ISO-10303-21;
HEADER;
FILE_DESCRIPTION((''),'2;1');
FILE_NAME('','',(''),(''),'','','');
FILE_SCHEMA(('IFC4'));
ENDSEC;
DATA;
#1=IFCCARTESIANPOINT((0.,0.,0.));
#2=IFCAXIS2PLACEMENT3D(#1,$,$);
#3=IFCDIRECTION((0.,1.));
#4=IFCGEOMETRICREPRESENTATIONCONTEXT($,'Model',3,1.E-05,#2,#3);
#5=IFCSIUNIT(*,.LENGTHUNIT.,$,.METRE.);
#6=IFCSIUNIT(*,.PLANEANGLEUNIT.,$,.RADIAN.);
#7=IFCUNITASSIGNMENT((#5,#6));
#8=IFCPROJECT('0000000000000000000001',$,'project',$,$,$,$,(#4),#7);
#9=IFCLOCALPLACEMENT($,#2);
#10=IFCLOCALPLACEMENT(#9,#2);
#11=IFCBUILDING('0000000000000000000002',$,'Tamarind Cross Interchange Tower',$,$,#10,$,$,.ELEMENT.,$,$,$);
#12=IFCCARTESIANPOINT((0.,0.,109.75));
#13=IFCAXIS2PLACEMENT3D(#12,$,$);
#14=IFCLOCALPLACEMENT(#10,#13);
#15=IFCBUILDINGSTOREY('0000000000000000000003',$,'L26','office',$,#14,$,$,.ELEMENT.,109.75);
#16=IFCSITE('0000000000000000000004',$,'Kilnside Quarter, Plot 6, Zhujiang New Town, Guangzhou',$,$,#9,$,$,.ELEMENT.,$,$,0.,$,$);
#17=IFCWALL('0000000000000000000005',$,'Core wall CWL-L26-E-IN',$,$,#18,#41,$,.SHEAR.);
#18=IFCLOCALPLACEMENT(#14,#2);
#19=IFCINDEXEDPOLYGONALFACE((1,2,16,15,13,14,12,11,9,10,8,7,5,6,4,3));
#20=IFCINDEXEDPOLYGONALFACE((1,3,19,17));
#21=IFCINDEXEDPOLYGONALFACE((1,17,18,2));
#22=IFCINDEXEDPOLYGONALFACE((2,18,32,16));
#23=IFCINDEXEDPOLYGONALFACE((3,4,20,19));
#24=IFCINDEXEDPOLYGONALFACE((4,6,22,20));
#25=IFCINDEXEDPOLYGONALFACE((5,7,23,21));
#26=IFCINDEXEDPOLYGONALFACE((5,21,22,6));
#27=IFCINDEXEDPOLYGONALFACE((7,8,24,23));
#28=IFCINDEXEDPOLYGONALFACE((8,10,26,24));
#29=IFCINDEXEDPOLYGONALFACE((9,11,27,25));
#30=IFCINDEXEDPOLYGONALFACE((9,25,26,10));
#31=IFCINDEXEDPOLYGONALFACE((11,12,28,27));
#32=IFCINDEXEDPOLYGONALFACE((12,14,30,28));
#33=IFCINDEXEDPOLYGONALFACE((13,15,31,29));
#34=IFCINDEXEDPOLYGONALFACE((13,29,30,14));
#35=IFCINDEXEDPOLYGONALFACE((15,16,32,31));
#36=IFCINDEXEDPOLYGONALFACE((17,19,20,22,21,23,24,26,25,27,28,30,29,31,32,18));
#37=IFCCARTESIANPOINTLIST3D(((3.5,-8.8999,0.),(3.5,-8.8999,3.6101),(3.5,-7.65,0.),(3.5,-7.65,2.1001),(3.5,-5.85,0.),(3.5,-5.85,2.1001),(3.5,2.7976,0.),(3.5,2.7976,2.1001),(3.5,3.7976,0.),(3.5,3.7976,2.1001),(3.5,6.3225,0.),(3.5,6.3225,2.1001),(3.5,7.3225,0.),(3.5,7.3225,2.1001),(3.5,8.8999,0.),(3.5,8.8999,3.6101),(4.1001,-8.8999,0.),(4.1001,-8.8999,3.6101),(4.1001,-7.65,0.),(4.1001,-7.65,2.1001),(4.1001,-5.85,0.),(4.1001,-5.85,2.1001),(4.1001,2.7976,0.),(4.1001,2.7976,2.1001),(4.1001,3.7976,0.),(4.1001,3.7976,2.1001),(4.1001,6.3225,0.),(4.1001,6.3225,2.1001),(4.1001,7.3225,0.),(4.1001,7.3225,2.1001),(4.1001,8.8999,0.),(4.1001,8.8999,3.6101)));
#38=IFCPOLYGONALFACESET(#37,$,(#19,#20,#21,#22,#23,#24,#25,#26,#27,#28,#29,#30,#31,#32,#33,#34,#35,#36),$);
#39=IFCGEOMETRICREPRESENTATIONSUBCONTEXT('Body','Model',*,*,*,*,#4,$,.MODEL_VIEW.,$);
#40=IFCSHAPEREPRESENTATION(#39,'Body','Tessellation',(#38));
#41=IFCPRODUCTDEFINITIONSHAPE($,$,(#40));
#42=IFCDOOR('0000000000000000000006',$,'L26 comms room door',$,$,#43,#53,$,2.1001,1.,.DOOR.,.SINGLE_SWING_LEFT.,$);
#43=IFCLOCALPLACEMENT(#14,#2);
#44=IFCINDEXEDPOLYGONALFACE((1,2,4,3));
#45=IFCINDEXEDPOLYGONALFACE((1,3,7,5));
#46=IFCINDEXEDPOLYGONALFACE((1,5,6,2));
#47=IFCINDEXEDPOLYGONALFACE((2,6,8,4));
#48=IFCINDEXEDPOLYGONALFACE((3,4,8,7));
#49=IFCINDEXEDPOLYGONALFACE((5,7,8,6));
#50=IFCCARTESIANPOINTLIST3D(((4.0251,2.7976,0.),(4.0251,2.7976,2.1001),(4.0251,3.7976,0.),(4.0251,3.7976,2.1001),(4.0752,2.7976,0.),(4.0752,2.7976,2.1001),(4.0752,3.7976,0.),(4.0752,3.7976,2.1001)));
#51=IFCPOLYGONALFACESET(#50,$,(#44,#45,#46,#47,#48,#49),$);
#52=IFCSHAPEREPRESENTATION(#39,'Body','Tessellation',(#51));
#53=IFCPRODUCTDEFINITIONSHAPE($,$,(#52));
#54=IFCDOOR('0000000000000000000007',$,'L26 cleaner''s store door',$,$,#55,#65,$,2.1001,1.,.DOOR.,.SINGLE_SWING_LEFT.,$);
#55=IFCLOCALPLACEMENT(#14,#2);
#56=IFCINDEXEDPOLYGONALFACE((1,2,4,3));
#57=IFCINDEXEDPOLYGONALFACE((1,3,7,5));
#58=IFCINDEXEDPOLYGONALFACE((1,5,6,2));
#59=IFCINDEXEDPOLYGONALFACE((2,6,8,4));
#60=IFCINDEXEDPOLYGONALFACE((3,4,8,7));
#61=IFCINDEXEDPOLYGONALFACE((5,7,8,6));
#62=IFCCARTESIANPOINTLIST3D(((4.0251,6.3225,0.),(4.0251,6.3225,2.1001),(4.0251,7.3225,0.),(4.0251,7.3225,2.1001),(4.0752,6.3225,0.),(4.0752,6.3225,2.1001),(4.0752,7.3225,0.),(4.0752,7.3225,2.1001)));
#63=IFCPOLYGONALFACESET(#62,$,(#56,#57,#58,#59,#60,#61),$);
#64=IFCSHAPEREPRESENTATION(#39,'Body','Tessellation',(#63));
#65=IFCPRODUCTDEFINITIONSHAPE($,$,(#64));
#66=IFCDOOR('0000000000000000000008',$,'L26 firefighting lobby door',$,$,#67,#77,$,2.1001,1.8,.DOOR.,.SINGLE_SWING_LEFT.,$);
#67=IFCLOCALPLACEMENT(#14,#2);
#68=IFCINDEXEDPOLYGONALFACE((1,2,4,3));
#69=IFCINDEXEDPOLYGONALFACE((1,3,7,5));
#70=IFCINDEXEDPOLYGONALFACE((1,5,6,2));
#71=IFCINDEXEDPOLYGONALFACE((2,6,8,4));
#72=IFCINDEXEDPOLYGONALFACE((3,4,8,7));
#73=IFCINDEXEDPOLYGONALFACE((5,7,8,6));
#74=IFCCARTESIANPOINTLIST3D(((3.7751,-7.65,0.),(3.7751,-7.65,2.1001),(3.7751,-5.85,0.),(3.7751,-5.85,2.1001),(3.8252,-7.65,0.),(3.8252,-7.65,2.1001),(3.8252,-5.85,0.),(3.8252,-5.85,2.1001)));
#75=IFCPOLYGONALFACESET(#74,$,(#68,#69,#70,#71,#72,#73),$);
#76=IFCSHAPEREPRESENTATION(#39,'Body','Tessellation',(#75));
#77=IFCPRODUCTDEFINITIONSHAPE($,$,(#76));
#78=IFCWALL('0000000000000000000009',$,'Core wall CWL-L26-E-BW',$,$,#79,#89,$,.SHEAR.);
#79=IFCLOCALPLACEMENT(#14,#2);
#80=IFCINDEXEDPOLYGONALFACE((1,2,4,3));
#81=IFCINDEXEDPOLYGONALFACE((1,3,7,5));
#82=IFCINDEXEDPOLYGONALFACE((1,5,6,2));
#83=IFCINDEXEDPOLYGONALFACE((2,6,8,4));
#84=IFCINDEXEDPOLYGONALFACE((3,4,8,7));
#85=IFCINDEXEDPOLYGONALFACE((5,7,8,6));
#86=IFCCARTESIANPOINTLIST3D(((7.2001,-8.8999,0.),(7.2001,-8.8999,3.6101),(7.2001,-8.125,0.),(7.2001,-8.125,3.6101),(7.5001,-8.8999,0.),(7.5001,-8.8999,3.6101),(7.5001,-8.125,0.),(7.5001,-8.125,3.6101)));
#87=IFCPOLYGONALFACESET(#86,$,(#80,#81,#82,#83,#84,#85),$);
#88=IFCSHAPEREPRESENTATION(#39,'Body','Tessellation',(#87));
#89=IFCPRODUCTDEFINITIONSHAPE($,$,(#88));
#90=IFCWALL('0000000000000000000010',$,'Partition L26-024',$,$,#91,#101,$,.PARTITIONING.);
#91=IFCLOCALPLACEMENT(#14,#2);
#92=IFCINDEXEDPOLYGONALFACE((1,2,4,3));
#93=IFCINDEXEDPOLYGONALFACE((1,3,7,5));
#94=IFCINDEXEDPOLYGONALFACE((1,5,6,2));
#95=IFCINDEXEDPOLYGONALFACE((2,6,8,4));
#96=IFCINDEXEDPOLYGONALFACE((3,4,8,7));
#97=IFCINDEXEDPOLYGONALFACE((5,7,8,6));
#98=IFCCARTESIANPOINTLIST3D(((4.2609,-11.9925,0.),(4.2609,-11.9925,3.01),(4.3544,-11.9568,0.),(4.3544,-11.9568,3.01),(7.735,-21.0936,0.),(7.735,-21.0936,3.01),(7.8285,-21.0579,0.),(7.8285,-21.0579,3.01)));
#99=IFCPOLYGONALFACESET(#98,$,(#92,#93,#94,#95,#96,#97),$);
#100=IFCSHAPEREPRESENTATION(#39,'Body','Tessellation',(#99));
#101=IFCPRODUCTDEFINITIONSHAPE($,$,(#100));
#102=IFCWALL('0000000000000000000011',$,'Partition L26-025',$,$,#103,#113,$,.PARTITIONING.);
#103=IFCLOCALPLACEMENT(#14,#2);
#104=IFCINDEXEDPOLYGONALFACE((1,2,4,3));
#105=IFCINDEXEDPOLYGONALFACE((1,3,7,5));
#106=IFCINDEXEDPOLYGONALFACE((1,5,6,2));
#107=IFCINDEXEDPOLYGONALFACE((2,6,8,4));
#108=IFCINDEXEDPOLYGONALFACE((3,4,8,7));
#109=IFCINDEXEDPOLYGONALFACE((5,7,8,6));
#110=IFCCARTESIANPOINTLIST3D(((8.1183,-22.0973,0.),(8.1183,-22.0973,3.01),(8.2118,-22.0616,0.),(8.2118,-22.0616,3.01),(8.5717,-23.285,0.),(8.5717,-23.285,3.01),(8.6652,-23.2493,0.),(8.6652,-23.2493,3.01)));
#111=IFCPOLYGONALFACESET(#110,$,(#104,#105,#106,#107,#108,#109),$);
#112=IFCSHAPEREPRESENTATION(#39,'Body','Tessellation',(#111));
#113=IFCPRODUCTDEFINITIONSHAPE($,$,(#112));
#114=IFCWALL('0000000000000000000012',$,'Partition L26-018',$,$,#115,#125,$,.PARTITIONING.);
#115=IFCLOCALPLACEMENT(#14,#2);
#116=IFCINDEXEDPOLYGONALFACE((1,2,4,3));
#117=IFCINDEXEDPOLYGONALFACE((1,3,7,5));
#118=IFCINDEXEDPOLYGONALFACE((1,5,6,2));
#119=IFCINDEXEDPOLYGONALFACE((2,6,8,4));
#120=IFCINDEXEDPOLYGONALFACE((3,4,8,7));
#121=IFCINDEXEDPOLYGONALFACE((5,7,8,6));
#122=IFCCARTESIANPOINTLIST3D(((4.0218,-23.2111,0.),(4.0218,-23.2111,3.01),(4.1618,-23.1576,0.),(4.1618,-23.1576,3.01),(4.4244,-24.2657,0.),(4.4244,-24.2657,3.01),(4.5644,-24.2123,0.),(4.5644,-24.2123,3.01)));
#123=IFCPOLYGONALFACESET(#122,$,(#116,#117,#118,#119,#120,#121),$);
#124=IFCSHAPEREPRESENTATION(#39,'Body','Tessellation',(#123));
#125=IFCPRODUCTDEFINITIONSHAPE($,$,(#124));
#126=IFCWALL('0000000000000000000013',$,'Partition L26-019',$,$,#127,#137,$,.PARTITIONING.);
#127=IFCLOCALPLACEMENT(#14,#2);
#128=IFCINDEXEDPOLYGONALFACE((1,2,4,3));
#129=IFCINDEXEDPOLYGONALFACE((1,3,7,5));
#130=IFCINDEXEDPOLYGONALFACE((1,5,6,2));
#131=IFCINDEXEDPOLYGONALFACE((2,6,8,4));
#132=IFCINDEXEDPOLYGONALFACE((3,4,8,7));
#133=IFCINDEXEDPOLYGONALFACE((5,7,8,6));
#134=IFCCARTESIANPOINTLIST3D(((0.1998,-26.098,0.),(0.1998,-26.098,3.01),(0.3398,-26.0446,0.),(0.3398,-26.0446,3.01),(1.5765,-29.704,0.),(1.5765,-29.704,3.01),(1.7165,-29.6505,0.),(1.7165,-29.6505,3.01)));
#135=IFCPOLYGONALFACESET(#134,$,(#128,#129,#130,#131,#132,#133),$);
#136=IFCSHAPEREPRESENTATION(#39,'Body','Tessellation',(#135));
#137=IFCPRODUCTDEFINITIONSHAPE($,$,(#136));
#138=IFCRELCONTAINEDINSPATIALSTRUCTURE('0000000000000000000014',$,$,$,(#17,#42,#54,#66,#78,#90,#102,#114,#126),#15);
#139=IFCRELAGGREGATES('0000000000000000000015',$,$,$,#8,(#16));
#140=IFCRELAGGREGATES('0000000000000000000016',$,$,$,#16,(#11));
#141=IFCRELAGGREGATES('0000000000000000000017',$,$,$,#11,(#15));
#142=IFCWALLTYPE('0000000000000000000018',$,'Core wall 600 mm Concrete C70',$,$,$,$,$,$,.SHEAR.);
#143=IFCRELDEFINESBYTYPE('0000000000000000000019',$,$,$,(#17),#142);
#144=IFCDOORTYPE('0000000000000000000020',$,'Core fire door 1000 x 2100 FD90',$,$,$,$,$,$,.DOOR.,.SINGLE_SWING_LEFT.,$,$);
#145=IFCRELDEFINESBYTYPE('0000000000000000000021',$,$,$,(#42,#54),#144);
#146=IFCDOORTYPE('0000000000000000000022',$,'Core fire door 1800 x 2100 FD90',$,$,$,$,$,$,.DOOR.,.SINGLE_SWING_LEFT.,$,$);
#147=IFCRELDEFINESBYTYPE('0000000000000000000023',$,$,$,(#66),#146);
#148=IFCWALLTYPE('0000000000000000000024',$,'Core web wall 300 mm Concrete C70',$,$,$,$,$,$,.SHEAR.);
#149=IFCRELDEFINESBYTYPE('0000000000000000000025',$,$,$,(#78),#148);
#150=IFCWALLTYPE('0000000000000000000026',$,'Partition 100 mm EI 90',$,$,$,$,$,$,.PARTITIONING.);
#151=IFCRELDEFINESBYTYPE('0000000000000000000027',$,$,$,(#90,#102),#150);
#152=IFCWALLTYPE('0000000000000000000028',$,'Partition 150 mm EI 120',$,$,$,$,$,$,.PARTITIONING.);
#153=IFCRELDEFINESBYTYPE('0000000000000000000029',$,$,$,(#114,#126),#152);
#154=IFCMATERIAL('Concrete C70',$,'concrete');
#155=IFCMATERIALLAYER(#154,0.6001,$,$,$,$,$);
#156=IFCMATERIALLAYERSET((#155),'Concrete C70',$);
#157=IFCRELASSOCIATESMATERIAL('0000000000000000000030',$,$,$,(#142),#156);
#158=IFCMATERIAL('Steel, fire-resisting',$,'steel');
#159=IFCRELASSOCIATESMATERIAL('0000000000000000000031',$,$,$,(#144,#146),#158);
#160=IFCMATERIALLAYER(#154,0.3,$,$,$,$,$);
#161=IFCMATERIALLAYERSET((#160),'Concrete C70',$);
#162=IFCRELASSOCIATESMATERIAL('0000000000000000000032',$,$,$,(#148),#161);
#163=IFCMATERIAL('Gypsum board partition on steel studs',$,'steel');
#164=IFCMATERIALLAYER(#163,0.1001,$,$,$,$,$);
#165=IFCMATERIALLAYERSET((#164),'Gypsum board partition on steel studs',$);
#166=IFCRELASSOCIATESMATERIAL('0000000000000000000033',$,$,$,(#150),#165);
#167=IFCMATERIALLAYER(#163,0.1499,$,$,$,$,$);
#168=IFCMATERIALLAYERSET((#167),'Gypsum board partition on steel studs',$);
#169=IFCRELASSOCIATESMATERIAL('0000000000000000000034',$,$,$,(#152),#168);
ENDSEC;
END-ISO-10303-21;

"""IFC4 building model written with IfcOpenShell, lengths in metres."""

from ifc_helpers import new_model, si_unit, direction, frame, frame_2d, origin, place, context, subcontext, project, spatial, rectangle, extrude, material, layer, layer_set, type_object, element, fill, save


model = new_model("IFC4")

# Units and contexts
model_context = context("Model", 3, precision=1e-05, world=origin(), true_north=direction((0.0, 1.0)))
body_context = subcontext(model_context, "Body", "Model", "MODEL_VIEW")
ifc_project = project(units=[si_unit("LENGTHUNIT", "METRE"), si_unit("PLANEANGLEUNIT", "RADIAN")], contexts=[model_context])

# Site, building, storey
site_placement = place(None, origin())
site = spatial("IfcSite", under=ifc_project, at=site_placement, Name="Kilnside Quarter, Plot 6, Zhujiang New Town, Guangzhou", CompositionType="ELEMENT", RefElevation=0.0)
building_placement = place(site_placement, origin())
building = spatial("IfcBuilding", under=site, at=building_placement, Name="Tamarind Cross Interchange Tower", CompositionType="ELEMENT")
storey_placement = place(building_placement, frame((0.0, 0.0, 109.75)))
storey = spatial("IfcBuildingStorey", under=building, at=storey_placement, Name="L26", Description="office", CompositionType="ELEMENT", Elevation=109.75)

# Wall, openings, doors
ifc_material_1 = material(Name="Concrete C70", Category="concrete")
ifc_layer_1 = layer(ifc_material_1, 0.6001)
ifc_layer_set_1 = layer_set([ifc_layer_1], Name="Concrete C70")
wall_type_1 = type_object("IfcWallType", Name="Core wall 600 mm Concrete C70", PredefinedType="SHEAR", material=ifc_layer_set_1)
wall_1_placement = place(storey_placement, frame((3.8, -8.8999, 0.0), z_axis=(0.0, 0.0, 1.0), x_axis=(0.0, 1.0, 0.0)))
wall_1 = element("IfcWall", 1, at=wall_1_placement, inside=storey, type_object=wall_type_1, Name="Core wall CWL-L26-E-IN", PredefinedType="SHEAR", context=body_context, shape_type="SweptSolid", body=[
    extrude(rectangle(XDim=17.7998, YDim=0.6001, at=frame_2d((8.8999, 0.0))), origin(), (0.0, 0.0, 1.0), 3.6101),
])
opening_1_placement = place(wall_1_placement, frame((1.25, 0.0, 0.0)))
opening_1 = element("IfcOpeningElement", 2, at=opening_1_placement, cuts=wall_1, PredefinedType="OPENING", context=body_context, shape_type="SweptSolid", body=[
    extrude(rectangle(XDim=1.8, YDim=2.1001, at=frame_2d((0.8999, 1.05))), frame((0.0, 0.3101, 0.0), z_axis=(0.0, -1.0, 0.0), x_axis=(1.0, 0.0, 0.0)), (0.0, 0.0, 1.0), 0.6201),
])
opening_2_placement = place(wall_1_placement, frame((11.6975, 0.0, 0.0)))
opening_2 = element("IfcOpeningElement", 3, at=opening_2_placement, cuts=wall_1, PredefinedType="OPENING", context=body_context, shape_type="SweptSolid", body=[
    extrude(rectangle(XDim=1.0, YDim=2.1001, at=frame_2d((0.5, 1.05))), frame((0.0, 0.3101, 0.0), z_axis=(0.0, -1.0, 0.0), x_axis=(1.0, 0.0, 0.0)), (0.0, 0.0, 1.0), 0.6201),
])
opening_3_placement = place(wall_1_placement, frame((15.2224, 0.0, 0.0)))
opening_3 = element("IfcOpeningElement", 4, at=opening_3_placement, cuts=wall_1, PredefinedType="OPENING", context=body_context, shape_type="SweptSolid", body=[
    extrude(rectangle(XDim=1.0, YDim=2.1001, at=frame_2d((0.5, 1.05))), frame((0.0, 0.3101, 0.0), z_axis=(0.0, -1.0, 0.0), x_axis=(1.0, 0.0, 0.0)), (0.0, 0.0, 1.0), 0.6201),
])
ifc_material_2 = material(Name="Steel, fire-resisting", Category="steel")
door_type_1 = type_object("IfcDoorType", Name="Core fire door 1000 x 2100 FD90", OperationType="SINGLE_SWING_LEFT", PredefinedType="DOOR", material=ifc_material_2)
door_1_placement = place(opening_2_placement, origin())
door_1 = element("IfcDoor", 5, at=door_1_placement, inside=storey, type_object=door_type_1, Name="L26 comms room door", OperationType="SINGLE_SWING_LEFT", OverallHeight=2.1001, OverallWidth=1.0, PredefinedType="DOOR", context=body_context, shape_type="SweptSolid", body=[
    extrude(rectangle(XDim=1.0, YDim=2.1001, at=frame_2d((0.5, 1.05))), frame((0.0, -0.2251, 0.0), z_axis=(0.0, -1.0, 0.0), x_axis=(1.0, 0.0, 0.0)), (0.0, 0.0, 1.0), 0.05),
])
fill(opening_2, door_1)
door_2_placement = place(opening_3_placement, origin())
door_2 = element("IfcDoor", 6, at=door_2_placement, inside=storey, type_object=door_type_1, Name="L26 cleaner's store door", OperationType="SINGLE_SWING_LEFT", OverallHeight=2.1001, OverallWidth=1.0, PredefinedType="DOOR", context=body_context, shape_type="SweptSolid", body=[
    extrude(rectangle(XDim=1.0, YDim=2.1001, at=frame_2d((0.5, 1.05))), frame((0.0, -0.2251, 0.0), z_axis=(0.0, -1.0, 0.0), x_axis=(1.0, 0.0, 0.0)), (0.0, 0.0, 1.0), 0.05),
])
fill(opening_3, door_2)
door_type_2 = type_object("IfcDoorType", Name="Core fire door 1800 x 2100 FD90", OperationType="SINGLE_SWING_LEFT", PredefinedType="DOOR", material=ifc_material_2)
door_3_placement = place(opening_1_placement, origin())
door_3 = element("IfcDoor", 7, at=door_3_placement, inside=storey, type_object=door_type_2, Name="L26 firefighting lobby door", OperationType="SINGLE_SWING_LEFT", OverallHeight=2.1001, OverallWidth=1.8, PredefinedType="DOOR", context=body_context, shape_type="SweptSolid", body=[
    extrude(rectangle(XDim=1.8, YDim=2.1001, at=frame_2d((0.8999, 1.05))), frame((0.0, 0.0249, 0.0), z_axis=(0.0, -1.0, 0.0), x_axis=(1.0, 0.0, 0.0)), (0.0, 0.0, 1.0), 0.05),
])
fill(opening_1, door_3)

# Walls
ifc_layer_2 = layer(ifc_material_1, 0.3)
ifc_layer_set_2 = layer_set([ifc_layer_2], Name="Concrete C70")
wall_type_2 = type_object("IfcWallType", Name="Core web wall 300 mm Concrete C70", PredefinedType="SHEAR", material=ifc_layer_set_2)
wall_2_placement = place(storey_placement, frame((7.3501, -8.8999, 0.0), z_axis=(0.0, 0.0, 1.0), x_axis=(0.0, 1.0, 0.0)))
element("IfcWall", 8, at=wall_2_placement, inside=storey, type_object=wall_type_2, Name="Core wall CWL-L26-E-BW", PredefinedType="SHEAR", context=body_context, shape_type="SweptSolid", body=[
    extrude(rectangle(XDim=0.7749, YDim=0.3, at=frame_2d((0.3875, 0.0))), origin(), (0.0, 0.0, 1.0), 3.6101),
])
ifc_material_3 = material(Name="Gypsum board partition on steel studs", Category="steel")
ifc_layer_3 = layer(ifc_material_3, 0.1001)
ifc_layer_set_3 = layer_set([ifc_layer_3], Name="Gypsum board partition on steel studs")
wall_type_3 = type_object("IfcWallType", Name="Partition 100 mm EI 90", PredefinedType="PARTITIONING", material=ifc_layer_set_3)
wall_3_placement = place(storey_placement, frame((4.3076, -11.9746, 0.0), z_axis=(0.0, 0.0, 1.0), x_axis=(0.356627, -0.934247, 0.0)))
element("IfcWall", 9, at=wall_3_placement, inside=storey, type_object=wall_type_3, Name="Partition L26-024", PredefinedType="PARTITIONING", context=body_context, shape_type="SweptSolid", body=[
    extrude(rectangle(XDim=9.7417, YDim=0.1001, at=frame_2d((4.8708, 0.0))), origin(), (0.0, 0.0, 1.0), 3.01),
])
wall_4_placement = place(storey_placement, frame((8.165, -22.0793, 0.0), z_axis=(0.0, 0.0, 1.0), x_axis=(0.35661, -0.934253, 0.0)))
element("IfcWall", 10, at=wall_4_placement, inside=storey, type_object=wall_type_3, Name="Partition L26-025", PredefinedType="PARTITIONING", context=body_context, shape_type="SweptSolid", body=[
    extrude(rectangle(XDim=1.2712, YDim=0.1001, at=frame_2d((0.6357, 0.0))), origin(), (0.0, 0.0, 1.0), 3.01),
])
ifc_layer_4 = layer(ifc_material_3, 0.1499)
ifc_layer_set_4 = layer_set([ifc_layer_4], Name="Gypsum board partition on steel studs")
wall_type_4 = type_object("IfcWallType", Name="Partition 150 mm EI 120", PredefinedType="PARTITIONING", material=ifc_layer_set_4)
wall_5_placement = place(storey_placement, frame((4.0918, -23.1843, 0.0), z_axis=(0.0, 0.0, 1.0), x_axis=(0.356616, -0.934251, 0.0)))
element("IfcWall", 11, at=wall_5_placement, inside=storey, type_object=wall_type_4, Name="Partition L26-018", PredefinedType="PARTITIONING", context=body_context, shape_type="SweptSolid", body=[
    extrude(rectangle(XDim=1.1289, YDim=0.1499, at=frame_2d((0.5645, 0.0))), origin(), (0.0, 0.0, 1.0), 3.01),
])
wall_6_placement = place(storey_placement, frame((0.2698, -26.0713, 0.0), z_axis=(0.0, 0.0, 1.0), x_axis=(0.356676, -0.934228, 0.0)))
element("IfcWall", 12, at=wall_6_placement, inside=storey, type_object=wall_type_4, Name="Partition L26-019", PredefinedType="PARTITIONING", context=body_context, shape_type="SweptSolid", body=[
    extrude(rectangle(XDim=3.8599, YDim=0.1499, at=frame_2d((1.9299, 0.0))), origin(), (0.0, 0.0, 1.0), 3.01),
])

save(model, "model.ifc")
